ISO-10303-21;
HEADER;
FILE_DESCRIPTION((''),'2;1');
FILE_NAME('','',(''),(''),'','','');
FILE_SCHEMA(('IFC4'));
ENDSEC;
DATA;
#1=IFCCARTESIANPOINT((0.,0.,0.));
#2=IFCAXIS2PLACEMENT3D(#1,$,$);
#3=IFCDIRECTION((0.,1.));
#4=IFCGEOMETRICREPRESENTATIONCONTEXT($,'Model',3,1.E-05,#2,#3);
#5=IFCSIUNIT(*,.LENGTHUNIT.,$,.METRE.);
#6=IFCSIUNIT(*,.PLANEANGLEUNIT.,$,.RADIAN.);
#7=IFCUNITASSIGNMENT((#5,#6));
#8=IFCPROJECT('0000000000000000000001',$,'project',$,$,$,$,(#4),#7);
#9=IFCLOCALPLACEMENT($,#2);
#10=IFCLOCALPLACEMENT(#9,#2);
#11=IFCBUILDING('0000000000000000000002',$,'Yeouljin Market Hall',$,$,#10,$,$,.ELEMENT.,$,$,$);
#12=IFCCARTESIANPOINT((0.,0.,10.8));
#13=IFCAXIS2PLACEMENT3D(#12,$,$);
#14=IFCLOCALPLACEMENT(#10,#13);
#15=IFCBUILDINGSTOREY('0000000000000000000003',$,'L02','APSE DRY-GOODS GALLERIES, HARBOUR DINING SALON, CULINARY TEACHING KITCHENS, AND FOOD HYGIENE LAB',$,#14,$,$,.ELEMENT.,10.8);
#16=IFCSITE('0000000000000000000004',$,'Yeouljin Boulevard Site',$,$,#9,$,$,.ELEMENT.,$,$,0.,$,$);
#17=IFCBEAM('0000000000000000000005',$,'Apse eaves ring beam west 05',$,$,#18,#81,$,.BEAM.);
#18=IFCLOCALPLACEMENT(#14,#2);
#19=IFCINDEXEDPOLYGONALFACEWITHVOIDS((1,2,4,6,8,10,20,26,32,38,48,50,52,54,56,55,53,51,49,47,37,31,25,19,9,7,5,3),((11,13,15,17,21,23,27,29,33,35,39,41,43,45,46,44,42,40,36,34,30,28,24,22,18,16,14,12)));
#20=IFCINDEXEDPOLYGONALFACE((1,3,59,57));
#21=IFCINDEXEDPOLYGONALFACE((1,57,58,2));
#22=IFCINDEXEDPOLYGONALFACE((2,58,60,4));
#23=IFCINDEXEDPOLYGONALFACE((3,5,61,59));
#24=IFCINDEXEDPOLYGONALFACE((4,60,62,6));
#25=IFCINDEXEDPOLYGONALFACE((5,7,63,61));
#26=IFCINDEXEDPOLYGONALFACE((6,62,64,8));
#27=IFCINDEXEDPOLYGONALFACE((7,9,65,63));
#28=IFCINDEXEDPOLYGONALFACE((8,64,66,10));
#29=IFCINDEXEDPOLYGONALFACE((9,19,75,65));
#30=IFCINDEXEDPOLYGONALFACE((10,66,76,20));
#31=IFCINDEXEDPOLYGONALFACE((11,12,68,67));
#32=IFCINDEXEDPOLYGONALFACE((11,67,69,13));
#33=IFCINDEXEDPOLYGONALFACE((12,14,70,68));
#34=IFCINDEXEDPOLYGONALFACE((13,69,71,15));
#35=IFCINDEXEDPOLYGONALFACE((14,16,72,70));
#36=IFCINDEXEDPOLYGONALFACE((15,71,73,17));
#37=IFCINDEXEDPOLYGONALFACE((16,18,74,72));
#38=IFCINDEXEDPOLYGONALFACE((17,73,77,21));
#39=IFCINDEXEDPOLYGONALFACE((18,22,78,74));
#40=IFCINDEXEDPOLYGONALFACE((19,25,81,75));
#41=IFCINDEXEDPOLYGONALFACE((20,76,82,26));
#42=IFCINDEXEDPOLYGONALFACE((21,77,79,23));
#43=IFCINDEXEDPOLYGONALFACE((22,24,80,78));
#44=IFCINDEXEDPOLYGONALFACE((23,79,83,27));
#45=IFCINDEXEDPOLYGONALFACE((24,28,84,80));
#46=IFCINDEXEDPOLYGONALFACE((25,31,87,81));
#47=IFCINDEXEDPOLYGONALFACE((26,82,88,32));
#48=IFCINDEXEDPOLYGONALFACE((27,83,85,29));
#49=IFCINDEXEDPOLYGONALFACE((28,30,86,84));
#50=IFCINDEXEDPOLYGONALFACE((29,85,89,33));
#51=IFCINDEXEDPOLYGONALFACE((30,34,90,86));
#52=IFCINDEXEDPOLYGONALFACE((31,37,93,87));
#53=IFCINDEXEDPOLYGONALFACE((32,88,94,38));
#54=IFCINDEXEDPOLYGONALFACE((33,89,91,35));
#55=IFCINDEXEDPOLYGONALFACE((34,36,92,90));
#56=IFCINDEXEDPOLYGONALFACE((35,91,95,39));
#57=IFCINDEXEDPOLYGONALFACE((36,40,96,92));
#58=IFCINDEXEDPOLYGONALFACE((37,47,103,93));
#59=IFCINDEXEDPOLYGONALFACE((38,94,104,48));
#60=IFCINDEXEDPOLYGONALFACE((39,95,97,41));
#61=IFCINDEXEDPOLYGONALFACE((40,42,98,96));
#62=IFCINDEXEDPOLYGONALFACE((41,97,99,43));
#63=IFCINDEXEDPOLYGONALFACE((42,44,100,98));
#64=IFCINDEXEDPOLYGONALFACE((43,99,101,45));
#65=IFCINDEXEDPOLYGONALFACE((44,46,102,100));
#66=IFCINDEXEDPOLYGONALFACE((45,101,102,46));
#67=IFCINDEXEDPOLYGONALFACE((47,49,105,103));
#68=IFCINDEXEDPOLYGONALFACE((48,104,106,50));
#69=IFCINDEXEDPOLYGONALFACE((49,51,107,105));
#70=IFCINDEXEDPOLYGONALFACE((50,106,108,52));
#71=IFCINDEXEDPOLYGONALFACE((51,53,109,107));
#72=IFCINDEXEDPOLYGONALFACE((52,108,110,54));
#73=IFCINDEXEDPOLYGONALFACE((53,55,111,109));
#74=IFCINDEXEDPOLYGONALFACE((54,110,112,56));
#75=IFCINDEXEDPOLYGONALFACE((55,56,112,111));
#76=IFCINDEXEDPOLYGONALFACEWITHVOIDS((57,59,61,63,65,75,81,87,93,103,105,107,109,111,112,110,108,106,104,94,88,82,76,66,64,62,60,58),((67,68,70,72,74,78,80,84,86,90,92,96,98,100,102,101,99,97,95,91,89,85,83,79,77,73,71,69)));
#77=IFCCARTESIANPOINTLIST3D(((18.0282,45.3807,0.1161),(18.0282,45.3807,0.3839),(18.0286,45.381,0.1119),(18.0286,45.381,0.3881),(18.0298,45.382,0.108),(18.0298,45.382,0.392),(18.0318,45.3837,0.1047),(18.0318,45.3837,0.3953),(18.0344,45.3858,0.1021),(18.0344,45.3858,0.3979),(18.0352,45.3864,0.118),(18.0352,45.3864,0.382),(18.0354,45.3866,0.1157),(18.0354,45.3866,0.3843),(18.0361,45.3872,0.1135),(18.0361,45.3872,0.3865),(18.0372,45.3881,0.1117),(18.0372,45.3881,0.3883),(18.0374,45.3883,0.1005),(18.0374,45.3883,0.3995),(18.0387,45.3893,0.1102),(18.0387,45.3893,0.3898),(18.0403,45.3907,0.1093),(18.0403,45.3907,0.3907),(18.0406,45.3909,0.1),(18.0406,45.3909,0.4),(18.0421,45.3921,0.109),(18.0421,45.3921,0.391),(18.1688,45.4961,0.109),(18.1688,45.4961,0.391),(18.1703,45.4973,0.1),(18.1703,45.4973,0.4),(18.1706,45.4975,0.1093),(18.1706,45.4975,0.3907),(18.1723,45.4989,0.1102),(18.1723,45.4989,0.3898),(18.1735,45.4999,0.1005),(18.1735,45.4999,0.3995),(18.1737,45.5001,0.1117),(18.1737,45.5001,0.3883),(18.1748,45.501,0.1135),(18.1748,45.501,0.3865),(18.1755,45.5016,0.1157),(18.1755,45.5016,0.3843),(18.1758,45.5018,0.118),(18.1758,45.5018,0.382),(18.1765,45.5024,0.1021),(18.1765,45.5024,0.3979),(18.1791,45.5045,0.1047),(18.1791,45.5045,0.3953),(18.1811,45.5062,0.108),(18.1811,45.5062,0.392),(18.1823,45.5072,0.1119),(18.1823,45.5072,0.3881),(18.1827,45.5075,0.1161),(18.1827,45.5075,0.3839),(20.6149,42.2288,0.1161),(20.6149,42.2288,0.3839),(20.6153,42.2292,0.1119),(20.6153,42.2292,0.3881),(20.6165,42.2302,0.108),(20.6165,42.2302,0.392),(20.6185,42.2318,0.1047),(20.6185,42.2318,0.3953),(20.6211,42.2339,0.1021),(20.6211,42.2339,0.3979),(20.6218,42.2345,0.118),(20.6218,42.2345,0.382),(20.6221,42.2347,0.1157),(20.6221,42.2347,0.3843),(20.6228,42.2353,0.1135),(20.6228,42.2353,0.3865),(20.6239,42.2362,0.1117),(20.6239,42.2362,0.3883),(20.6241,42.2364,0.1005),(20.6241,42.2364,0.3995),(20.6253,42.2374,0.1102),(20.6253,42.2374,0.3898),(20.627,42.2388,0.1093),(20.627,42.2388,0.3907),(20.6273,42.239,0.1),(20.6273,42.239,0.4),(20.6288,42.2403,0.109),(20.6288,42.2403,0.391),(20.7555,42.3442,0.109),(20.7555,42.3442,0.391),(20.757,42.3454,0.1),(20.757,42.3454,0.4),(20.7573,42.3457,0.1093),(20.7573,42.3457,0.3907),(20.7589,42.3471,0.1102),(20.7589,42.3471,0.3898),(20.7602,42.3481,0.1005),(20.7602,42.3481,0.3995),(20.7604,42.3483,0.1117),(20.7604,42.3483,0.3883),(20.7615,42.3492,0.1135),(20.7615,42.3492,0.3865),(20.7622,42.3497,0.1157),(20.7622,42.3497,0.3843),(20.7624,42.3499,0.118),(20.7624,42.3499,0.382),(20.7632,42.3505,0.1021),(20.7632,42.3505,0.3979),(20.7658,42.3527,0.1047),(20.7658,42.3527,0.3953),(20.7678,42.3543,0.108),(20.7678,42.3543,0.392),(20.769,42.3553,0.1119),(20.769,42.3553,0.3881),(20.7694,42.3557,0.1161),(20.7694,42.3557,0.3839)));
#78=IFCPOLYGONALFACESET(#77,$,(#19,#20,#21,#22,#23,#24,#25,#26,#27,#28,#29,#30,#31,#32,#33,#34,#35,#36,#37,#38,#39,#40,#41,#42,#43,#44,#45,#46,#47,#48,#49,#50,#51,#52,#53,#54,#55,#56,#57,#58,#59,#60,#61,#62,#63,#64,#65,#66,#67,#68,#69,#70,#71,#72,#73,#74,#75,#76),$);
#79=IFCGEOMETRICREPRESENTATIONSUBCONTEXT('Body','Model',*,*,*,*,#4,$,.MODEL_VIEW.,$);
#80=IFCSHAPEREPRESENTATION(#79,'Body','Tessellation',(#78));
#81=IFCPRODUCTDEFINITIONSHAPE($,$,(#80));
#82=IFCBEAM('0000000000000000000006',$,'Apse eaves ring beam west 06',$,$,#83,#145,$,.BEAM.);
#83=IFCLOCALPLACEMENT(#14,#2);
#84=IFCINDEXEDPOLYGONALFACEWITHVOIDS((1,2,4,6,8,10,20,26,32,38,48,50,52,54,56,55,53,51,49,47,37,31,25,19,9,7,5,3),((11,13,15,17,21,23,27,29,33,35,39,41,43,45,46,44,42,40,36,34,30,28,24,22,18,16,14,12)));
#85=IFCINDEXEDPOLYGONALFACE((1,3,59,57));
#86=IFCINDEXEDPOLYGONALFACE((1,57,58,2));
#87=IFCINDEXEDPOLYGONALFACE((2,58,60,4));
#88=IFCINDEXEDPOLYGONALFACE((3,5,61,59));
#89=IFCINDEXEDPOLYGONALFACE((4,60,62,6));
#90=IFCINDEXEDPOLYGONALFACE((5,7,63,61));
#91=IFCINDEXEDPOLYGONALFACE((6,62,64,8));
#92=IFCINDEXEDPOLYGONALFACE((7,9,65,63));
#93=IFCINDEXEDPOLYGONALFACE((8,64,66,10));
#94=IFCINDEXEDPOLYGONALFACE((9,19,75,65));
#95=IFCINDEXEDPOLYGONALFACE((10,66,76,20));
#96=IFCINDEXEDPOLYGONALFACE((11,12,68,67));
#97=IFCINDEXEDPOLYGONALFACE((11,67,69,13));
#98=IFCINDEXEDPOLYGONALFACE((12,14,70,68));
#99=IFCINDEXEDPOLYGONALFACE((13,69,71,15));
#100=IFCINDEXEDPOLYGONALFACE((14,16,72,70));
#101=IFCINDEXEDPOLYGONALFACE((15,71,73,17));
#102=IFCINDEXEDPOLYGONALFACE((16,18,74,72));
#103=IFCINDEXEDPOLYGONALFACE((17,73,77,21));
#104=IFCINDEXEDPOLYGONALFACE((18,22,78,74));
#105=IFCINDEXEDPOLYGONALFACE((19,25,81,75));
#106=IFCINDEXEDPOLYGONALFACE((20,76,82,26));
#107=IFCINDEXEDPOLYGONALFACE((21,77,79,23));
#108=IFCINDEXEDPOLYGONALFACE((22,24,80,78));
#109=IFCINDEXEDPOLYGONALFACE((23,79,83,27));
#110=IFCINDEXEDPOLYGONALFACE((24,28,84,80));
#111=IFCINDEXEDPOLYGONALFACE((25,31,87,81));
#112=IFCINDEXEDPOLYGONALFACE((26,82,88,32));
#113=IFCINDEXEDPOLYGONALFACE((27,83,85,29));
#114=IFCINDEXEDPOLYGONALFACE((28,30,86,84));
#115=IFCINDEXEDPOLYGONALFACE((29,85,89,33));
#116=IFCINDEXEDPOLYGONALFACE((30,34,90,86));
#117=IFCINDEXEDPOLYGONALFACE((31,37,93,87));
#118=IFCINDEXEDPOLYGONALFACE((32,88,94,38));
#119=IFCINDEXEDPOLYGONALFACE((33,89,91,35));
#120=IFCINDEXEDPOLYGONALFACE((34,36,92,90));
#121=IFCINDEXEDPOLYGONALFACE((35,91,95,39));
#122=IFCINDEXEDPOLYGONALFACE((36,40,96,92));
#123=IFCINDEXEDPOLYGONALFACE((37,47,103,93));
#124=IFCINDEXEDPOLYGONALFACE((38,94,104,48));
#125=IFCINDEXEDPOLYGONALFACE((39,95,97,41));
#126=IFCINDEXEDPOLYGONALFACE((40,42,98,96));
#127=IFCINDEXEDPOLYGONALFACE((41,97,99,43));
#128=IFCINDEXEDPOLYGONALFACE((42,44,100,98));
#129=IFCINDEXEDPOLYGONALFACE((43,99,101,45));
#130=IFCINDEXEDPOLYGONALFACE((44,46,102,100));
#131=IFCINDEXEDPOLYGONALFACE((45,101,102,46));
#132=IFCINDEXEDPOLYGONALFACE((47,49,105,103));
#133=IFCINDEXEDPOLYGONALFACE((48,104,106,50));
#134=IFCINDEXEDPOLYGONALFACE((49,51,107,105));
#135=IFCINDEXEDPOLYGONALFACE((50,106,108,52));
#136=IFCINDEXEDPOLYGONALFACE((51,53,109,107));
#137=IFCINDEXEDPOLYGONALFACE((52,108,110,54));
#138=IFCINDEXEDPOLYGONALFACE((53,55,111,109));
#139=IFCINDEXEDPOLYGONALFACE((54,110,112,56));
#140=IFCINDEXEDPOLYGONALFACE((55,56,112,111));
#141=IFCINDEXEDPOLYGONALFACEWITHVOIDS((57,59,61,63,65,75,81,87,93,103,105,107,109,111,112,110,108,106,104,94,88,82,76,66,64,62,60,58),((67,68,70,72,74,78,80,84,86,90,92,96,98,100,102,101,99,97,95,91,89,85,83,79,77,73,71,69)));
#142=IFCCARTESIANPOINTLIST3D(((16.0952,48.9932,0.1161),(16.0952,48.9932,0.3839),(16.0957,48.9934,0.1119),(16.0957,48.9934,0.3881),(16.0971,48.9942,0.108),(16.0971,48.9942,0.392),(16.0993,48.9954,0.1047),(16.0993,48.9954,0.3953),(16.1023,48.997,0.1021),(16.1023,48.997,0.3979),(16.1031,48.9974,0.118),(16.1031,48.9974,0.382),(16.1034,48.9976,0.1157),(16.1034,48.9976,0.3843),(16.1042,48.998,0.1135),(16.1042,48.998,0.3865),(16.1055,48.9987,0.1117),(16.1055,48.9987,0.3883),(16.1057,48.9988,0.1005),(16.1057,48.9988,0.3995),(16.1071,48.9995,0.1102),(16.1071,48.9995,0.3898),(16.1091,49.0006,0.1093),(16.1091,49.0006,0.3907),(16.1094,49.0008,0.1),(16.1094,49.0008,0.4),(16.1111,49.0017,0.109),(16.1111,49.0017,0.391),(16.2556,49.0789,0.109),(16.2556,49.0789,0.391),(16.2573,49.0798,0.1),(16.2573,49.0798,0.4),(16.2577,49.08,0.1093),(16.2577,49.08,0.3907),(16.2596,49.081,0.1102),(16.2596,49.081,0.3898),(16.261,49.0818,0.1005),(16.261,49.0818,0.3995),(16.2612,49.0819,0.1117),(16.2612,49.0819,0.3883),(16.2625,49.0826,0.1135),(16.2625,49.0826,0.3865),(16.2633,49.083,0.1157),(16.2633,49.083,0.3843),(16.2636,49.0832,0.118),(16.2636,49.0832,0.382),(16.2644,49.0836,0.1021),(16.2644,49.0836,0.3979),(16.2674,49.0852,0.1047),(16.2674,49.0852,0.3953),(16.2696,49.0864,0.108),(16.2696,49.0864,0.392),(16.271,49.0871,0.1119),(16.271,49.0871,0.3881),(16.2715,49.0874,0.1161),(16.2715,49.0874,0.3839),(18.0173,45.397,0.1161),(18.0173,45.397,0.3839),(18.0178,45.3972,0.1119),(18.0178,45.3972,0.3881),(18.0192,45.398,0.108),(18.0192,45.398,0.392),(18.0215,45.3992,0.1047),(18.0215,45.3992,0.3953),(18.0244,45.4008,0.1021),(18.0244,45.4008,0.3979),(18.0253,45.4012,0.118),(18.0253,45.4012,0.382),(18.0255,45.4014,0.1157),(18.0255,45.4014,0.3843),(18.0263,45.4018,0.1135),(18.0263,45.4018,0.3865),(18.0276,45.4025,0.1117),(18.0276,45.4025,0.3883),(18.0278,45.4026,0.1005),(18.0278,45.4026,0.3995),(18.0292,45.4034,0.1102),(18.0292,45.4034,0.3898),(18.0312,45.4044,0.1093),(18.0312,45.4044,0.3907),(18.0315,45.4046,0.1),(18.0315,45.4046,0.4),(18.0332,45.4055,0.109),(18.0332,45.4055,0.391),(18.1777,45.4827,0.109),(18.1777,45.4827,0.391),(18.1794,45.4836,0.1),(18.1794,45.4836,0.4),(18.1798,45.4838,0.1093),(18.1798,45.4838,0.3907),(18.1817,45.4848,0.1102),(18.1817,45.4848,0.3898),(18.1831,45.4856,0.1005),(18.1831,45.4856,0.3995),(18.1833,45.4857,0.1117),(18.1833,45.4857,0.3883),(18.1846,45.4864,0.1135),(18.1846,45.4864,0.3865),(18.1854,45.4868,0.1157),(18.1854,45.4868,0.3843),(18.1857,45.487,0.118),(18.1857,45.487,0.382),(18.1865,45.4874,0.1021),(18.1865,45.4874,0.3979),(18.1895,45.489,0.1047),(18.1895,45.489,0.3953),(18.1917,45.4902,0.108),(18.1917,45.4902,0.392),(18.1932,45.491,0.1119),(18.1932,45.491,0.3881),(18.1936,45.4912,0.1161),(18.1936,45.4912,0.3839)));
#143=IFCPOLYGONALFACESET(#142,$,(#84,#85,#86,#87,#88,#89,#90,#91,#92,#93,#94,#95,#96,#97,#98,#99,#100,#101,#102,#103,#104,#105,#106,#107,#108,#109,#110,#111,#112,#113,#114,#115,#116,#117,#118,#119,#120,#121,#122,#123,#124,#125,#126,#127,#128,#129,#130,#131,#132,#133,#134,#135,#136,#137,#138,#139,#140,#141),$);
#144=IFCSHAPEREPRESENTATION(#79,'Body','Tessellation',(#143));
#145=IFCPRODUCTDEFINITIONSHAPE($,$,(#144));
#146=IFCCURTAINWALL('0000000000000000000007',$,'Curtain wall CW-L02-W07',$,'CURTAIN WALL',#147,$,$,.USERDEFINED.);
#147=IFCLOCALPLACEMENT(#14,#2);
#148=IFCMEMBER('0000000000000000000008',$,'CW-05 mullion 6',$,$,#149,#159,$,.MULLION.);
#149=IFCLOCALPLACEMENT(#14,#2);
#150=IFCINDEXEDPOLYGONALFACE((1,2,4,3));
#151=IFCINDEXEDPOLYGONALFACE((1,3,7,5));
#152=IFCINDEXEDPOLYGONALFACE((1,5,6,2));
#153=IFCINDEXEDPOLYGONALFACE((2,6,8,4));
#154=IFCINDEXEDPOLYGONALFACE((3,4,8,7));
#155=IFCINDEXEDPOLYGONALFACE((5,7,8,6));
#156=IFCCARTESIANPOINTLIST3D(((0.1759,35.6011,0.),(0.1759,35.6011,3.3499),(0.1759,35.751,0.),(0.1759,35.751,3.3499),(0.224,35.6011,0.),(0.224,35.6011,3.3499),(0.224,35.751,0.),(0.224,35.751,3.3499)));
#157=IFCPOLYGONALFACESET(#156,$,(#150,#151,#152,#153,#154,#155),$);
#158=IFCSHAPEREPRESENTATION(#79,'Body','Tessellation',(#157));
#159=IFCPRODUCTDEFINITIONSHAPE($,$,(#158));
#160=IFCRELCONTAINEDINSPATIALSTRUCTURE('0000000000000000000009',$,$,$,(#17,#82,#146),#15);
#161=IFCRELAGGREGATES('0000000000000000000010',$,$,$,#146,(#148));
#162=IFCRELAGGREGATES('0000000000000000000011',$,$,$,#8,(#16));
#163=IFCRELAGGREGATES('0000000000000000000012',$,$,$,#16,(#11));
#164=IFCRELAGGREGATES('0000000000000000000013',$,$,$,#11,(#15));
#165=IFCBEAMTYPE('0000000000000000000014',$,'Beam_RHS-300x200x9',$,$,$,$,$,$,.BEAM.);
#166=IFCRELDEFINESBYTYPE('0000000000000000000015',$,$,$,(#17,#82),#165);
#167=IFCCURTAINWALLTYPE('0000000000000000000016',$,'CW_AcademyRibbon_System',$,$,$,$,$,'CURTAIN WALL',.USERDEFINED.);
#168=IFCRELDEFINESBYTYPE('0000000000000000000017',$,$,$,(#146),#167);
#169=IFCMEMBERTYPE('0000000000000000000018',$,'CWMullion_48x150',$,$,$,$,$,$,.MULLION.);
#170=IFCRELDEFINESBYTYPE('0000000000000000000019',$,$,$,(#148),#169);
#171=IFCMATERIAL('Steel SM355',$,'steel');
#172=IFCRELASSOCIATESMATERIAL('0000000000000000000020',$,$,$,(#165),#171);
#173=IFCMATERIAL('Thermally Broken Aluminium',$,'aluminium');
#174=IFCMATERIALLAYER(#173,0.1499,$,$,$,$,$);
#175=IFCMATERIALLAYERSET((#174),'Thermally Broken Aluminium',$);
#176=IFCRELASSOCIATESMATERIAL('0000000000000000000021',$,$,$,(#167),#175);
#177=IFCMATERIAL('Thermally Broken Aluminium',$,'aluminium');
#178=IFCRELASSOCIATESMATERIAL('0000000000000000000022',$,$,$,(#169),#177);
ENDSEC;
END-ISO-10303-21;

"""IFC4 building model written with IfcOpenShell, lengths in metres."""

from ifc_helpers import new_model, si_unit, direction, frame, origin, origin_2d, place, context, subcontext, project, spatial, rectangle, hollow_rectangle, extrude, material, layer, layer_set, material_profile, profile_set, type_object, element, aggregate, save


model = new_model("IFC4")

# Units and contexts
model_context = context("Model", 3, precision=1e-05, world=origin(), true_north=direction((0.0, 1.0)))
body_context = subcontext(model_context, "Body", "Model", "MODEL_VIEW")
ifc_project = project(units=[si_unit("LENGTHUNIT", "METRE"), si_unit("PLANEANGLEUNIT", "RADIAN")], contexts=[model_context])

# Site, building, storey
site_placement = place(None, origin())
site = spatial("IfcSite", under=ifc_project, at=site_placement, Name="Yeouljin Boulevard Site", CompositionType="ELEMENT", RefElevation=0.0)
building_placement = place(site_placement, origin())
building = spatial("IfcBuilding", under=site, at=building_placement, Name="Yeouljin Market Hall", CompositionType="ELEMENT")
storey_placement = place(building_placement, frame((0.0, 0.0, 10.8)))
storey = spatial("IfcBuildingStorey", under=building, at=storey_placement, Name="L02", Description="APSE DRY-GOODS GALLERIES, HARBOUR DINING SALON, CULINARY TEACHING KITCHENS, AND FOOD HYGIENE LAB", CompositionType="ELEMENT", Elevation=10.8)

# Beams
ifc_material_1 = material(Name="Steel SM355", Category="steel")
ifc_material_profile_1 = material_profile(ifc_material_1, hollow_rectangle(XDim=0.2, YDim=0.3, WallThickness=0.009, InnerFilletRadius=0.009, OuterFilletRadius=0.0161, at=origin_2d()), Name="RHS-300x200x9")
ifc_profile_set_1 = profile_set([ifc_material_profile_1], Name="Steel SM355")
beam_type_1 = type_object("IfcBeamType", Name="Beam_RHS-300x200x9", PredefinedType="BEAM", material=ifc_profile_set_1)
beam_1_placement = place(storey_placement, frame((20.6921, 42.2922, 0.25), z_axis=(-0.634395, 0.773009, 0.0), x_axis=(-0.773009, -0.634395, 0.0)))
element("IfcBeam", 1, at=beam_1_placement, inside=storey, type_object=beam_type_1, Name="Apse eaves ring beam west 05", PredefinedType="BEAM", context=body_context, shape_type="SweptSolid", body=[
    extrude(hollow_rectangle(XDim=0.2, YDim=0.3, WallThickness=0.009, InnerFilletRadius=0.009, OuterFilletRadius=0.0161, at=origin_2d()), origin(), (0.0, 0.0, 1.0), 4.0774),
])
beam_2_placement = place(storey_placement, frame((18.1055, 45.4441, 0.25), z_axis=(-0.47138, 0.88193, 0.0), x_axis=(-0.88193, -0.47138, 0.0)))
element("IfcBeam", 2, at=beam_2_placement, inside=storey, type_object=beam_type_1, Name="Apse eaves ring beam west 06", PredefinedType="BEAM", context=body_context, shape_type="SweptSolid", body=[
    extrude(hollow_rectangle(XDim=0.2, YDim=0.3, WallThickness=0.009, InnerFilletRadius=0.009, OuterFilletRadius=0.0161, at=origin_2d()), origin(), (0.0, 0.0, 1.0), 4.0776),
])

# Curtain wall, member
ifc_material_2 = material(Name="Thermally Broken Aluminium", Category="aluminium")
ifc_layer_1 = layer(ifc_material_2, 0.1499)
ifc_layer_set_1 = layer_set([ifc_layer_1], Name="Thermally Broken Aluminium")
curtain_wall_type = type_object("IfcCurtainWallType", Name="CW_AcademyRibbon_System", ElementType="CURTAIN WALL", PredefinedType="USERDEFINED", material=ifc_layer_set_1)
curtain_wall_placement = place(storey_placement, origin())
curtain_wall = element("IfcCurtainWall", 3, at=curtain_wall_placement, inside=storey, type_object=curtain_wall_type, Name="Curtain wall CW-L02-W07", ObjectType="CURTAIN WALL", PredefinedType="USERDEFINED")
ifc_material_3 = material(Name="Thermally Broken Aluminium", Category="aluminium")
ifc_material_profile_2 = material_profile(ifc_material_3, rectangle(XDim=0.0481, YDim=0.1499, at=origin_2d()), Name="CW-MULL-48x150")
ifc_profile_set_2 = profile_set([ifc_material_profile_2], Name="Thermally Broken Aluminium")
member_type = type_object("IfcMemberType", Name="CWMullion_48x150", PredefinedType="MULLION", material=ifc_profile_set_2)
member_placement = place(storey_placement, frame((0.2, 35.676, 0.0), z_axis=(0.0, 0.0, 1.0), x_axis=(-1.0, 0.0, 0.0)))
member = element("IfcMember", 4, at=member_placement, type_object=member_type, Name="CW-05 mullion 6", PredefinedType="MULLION", context=body_context, shape_type="SweptSolid", body=[
    extrude(rectangle(XDim=0.0481, YDim=0.1499, at=origin_2d()), origin(), (0.0, 0.0, 1.0), 3.3499),
])

aggregate(curtain_wall, [member])

save(model, "model.ifc")
